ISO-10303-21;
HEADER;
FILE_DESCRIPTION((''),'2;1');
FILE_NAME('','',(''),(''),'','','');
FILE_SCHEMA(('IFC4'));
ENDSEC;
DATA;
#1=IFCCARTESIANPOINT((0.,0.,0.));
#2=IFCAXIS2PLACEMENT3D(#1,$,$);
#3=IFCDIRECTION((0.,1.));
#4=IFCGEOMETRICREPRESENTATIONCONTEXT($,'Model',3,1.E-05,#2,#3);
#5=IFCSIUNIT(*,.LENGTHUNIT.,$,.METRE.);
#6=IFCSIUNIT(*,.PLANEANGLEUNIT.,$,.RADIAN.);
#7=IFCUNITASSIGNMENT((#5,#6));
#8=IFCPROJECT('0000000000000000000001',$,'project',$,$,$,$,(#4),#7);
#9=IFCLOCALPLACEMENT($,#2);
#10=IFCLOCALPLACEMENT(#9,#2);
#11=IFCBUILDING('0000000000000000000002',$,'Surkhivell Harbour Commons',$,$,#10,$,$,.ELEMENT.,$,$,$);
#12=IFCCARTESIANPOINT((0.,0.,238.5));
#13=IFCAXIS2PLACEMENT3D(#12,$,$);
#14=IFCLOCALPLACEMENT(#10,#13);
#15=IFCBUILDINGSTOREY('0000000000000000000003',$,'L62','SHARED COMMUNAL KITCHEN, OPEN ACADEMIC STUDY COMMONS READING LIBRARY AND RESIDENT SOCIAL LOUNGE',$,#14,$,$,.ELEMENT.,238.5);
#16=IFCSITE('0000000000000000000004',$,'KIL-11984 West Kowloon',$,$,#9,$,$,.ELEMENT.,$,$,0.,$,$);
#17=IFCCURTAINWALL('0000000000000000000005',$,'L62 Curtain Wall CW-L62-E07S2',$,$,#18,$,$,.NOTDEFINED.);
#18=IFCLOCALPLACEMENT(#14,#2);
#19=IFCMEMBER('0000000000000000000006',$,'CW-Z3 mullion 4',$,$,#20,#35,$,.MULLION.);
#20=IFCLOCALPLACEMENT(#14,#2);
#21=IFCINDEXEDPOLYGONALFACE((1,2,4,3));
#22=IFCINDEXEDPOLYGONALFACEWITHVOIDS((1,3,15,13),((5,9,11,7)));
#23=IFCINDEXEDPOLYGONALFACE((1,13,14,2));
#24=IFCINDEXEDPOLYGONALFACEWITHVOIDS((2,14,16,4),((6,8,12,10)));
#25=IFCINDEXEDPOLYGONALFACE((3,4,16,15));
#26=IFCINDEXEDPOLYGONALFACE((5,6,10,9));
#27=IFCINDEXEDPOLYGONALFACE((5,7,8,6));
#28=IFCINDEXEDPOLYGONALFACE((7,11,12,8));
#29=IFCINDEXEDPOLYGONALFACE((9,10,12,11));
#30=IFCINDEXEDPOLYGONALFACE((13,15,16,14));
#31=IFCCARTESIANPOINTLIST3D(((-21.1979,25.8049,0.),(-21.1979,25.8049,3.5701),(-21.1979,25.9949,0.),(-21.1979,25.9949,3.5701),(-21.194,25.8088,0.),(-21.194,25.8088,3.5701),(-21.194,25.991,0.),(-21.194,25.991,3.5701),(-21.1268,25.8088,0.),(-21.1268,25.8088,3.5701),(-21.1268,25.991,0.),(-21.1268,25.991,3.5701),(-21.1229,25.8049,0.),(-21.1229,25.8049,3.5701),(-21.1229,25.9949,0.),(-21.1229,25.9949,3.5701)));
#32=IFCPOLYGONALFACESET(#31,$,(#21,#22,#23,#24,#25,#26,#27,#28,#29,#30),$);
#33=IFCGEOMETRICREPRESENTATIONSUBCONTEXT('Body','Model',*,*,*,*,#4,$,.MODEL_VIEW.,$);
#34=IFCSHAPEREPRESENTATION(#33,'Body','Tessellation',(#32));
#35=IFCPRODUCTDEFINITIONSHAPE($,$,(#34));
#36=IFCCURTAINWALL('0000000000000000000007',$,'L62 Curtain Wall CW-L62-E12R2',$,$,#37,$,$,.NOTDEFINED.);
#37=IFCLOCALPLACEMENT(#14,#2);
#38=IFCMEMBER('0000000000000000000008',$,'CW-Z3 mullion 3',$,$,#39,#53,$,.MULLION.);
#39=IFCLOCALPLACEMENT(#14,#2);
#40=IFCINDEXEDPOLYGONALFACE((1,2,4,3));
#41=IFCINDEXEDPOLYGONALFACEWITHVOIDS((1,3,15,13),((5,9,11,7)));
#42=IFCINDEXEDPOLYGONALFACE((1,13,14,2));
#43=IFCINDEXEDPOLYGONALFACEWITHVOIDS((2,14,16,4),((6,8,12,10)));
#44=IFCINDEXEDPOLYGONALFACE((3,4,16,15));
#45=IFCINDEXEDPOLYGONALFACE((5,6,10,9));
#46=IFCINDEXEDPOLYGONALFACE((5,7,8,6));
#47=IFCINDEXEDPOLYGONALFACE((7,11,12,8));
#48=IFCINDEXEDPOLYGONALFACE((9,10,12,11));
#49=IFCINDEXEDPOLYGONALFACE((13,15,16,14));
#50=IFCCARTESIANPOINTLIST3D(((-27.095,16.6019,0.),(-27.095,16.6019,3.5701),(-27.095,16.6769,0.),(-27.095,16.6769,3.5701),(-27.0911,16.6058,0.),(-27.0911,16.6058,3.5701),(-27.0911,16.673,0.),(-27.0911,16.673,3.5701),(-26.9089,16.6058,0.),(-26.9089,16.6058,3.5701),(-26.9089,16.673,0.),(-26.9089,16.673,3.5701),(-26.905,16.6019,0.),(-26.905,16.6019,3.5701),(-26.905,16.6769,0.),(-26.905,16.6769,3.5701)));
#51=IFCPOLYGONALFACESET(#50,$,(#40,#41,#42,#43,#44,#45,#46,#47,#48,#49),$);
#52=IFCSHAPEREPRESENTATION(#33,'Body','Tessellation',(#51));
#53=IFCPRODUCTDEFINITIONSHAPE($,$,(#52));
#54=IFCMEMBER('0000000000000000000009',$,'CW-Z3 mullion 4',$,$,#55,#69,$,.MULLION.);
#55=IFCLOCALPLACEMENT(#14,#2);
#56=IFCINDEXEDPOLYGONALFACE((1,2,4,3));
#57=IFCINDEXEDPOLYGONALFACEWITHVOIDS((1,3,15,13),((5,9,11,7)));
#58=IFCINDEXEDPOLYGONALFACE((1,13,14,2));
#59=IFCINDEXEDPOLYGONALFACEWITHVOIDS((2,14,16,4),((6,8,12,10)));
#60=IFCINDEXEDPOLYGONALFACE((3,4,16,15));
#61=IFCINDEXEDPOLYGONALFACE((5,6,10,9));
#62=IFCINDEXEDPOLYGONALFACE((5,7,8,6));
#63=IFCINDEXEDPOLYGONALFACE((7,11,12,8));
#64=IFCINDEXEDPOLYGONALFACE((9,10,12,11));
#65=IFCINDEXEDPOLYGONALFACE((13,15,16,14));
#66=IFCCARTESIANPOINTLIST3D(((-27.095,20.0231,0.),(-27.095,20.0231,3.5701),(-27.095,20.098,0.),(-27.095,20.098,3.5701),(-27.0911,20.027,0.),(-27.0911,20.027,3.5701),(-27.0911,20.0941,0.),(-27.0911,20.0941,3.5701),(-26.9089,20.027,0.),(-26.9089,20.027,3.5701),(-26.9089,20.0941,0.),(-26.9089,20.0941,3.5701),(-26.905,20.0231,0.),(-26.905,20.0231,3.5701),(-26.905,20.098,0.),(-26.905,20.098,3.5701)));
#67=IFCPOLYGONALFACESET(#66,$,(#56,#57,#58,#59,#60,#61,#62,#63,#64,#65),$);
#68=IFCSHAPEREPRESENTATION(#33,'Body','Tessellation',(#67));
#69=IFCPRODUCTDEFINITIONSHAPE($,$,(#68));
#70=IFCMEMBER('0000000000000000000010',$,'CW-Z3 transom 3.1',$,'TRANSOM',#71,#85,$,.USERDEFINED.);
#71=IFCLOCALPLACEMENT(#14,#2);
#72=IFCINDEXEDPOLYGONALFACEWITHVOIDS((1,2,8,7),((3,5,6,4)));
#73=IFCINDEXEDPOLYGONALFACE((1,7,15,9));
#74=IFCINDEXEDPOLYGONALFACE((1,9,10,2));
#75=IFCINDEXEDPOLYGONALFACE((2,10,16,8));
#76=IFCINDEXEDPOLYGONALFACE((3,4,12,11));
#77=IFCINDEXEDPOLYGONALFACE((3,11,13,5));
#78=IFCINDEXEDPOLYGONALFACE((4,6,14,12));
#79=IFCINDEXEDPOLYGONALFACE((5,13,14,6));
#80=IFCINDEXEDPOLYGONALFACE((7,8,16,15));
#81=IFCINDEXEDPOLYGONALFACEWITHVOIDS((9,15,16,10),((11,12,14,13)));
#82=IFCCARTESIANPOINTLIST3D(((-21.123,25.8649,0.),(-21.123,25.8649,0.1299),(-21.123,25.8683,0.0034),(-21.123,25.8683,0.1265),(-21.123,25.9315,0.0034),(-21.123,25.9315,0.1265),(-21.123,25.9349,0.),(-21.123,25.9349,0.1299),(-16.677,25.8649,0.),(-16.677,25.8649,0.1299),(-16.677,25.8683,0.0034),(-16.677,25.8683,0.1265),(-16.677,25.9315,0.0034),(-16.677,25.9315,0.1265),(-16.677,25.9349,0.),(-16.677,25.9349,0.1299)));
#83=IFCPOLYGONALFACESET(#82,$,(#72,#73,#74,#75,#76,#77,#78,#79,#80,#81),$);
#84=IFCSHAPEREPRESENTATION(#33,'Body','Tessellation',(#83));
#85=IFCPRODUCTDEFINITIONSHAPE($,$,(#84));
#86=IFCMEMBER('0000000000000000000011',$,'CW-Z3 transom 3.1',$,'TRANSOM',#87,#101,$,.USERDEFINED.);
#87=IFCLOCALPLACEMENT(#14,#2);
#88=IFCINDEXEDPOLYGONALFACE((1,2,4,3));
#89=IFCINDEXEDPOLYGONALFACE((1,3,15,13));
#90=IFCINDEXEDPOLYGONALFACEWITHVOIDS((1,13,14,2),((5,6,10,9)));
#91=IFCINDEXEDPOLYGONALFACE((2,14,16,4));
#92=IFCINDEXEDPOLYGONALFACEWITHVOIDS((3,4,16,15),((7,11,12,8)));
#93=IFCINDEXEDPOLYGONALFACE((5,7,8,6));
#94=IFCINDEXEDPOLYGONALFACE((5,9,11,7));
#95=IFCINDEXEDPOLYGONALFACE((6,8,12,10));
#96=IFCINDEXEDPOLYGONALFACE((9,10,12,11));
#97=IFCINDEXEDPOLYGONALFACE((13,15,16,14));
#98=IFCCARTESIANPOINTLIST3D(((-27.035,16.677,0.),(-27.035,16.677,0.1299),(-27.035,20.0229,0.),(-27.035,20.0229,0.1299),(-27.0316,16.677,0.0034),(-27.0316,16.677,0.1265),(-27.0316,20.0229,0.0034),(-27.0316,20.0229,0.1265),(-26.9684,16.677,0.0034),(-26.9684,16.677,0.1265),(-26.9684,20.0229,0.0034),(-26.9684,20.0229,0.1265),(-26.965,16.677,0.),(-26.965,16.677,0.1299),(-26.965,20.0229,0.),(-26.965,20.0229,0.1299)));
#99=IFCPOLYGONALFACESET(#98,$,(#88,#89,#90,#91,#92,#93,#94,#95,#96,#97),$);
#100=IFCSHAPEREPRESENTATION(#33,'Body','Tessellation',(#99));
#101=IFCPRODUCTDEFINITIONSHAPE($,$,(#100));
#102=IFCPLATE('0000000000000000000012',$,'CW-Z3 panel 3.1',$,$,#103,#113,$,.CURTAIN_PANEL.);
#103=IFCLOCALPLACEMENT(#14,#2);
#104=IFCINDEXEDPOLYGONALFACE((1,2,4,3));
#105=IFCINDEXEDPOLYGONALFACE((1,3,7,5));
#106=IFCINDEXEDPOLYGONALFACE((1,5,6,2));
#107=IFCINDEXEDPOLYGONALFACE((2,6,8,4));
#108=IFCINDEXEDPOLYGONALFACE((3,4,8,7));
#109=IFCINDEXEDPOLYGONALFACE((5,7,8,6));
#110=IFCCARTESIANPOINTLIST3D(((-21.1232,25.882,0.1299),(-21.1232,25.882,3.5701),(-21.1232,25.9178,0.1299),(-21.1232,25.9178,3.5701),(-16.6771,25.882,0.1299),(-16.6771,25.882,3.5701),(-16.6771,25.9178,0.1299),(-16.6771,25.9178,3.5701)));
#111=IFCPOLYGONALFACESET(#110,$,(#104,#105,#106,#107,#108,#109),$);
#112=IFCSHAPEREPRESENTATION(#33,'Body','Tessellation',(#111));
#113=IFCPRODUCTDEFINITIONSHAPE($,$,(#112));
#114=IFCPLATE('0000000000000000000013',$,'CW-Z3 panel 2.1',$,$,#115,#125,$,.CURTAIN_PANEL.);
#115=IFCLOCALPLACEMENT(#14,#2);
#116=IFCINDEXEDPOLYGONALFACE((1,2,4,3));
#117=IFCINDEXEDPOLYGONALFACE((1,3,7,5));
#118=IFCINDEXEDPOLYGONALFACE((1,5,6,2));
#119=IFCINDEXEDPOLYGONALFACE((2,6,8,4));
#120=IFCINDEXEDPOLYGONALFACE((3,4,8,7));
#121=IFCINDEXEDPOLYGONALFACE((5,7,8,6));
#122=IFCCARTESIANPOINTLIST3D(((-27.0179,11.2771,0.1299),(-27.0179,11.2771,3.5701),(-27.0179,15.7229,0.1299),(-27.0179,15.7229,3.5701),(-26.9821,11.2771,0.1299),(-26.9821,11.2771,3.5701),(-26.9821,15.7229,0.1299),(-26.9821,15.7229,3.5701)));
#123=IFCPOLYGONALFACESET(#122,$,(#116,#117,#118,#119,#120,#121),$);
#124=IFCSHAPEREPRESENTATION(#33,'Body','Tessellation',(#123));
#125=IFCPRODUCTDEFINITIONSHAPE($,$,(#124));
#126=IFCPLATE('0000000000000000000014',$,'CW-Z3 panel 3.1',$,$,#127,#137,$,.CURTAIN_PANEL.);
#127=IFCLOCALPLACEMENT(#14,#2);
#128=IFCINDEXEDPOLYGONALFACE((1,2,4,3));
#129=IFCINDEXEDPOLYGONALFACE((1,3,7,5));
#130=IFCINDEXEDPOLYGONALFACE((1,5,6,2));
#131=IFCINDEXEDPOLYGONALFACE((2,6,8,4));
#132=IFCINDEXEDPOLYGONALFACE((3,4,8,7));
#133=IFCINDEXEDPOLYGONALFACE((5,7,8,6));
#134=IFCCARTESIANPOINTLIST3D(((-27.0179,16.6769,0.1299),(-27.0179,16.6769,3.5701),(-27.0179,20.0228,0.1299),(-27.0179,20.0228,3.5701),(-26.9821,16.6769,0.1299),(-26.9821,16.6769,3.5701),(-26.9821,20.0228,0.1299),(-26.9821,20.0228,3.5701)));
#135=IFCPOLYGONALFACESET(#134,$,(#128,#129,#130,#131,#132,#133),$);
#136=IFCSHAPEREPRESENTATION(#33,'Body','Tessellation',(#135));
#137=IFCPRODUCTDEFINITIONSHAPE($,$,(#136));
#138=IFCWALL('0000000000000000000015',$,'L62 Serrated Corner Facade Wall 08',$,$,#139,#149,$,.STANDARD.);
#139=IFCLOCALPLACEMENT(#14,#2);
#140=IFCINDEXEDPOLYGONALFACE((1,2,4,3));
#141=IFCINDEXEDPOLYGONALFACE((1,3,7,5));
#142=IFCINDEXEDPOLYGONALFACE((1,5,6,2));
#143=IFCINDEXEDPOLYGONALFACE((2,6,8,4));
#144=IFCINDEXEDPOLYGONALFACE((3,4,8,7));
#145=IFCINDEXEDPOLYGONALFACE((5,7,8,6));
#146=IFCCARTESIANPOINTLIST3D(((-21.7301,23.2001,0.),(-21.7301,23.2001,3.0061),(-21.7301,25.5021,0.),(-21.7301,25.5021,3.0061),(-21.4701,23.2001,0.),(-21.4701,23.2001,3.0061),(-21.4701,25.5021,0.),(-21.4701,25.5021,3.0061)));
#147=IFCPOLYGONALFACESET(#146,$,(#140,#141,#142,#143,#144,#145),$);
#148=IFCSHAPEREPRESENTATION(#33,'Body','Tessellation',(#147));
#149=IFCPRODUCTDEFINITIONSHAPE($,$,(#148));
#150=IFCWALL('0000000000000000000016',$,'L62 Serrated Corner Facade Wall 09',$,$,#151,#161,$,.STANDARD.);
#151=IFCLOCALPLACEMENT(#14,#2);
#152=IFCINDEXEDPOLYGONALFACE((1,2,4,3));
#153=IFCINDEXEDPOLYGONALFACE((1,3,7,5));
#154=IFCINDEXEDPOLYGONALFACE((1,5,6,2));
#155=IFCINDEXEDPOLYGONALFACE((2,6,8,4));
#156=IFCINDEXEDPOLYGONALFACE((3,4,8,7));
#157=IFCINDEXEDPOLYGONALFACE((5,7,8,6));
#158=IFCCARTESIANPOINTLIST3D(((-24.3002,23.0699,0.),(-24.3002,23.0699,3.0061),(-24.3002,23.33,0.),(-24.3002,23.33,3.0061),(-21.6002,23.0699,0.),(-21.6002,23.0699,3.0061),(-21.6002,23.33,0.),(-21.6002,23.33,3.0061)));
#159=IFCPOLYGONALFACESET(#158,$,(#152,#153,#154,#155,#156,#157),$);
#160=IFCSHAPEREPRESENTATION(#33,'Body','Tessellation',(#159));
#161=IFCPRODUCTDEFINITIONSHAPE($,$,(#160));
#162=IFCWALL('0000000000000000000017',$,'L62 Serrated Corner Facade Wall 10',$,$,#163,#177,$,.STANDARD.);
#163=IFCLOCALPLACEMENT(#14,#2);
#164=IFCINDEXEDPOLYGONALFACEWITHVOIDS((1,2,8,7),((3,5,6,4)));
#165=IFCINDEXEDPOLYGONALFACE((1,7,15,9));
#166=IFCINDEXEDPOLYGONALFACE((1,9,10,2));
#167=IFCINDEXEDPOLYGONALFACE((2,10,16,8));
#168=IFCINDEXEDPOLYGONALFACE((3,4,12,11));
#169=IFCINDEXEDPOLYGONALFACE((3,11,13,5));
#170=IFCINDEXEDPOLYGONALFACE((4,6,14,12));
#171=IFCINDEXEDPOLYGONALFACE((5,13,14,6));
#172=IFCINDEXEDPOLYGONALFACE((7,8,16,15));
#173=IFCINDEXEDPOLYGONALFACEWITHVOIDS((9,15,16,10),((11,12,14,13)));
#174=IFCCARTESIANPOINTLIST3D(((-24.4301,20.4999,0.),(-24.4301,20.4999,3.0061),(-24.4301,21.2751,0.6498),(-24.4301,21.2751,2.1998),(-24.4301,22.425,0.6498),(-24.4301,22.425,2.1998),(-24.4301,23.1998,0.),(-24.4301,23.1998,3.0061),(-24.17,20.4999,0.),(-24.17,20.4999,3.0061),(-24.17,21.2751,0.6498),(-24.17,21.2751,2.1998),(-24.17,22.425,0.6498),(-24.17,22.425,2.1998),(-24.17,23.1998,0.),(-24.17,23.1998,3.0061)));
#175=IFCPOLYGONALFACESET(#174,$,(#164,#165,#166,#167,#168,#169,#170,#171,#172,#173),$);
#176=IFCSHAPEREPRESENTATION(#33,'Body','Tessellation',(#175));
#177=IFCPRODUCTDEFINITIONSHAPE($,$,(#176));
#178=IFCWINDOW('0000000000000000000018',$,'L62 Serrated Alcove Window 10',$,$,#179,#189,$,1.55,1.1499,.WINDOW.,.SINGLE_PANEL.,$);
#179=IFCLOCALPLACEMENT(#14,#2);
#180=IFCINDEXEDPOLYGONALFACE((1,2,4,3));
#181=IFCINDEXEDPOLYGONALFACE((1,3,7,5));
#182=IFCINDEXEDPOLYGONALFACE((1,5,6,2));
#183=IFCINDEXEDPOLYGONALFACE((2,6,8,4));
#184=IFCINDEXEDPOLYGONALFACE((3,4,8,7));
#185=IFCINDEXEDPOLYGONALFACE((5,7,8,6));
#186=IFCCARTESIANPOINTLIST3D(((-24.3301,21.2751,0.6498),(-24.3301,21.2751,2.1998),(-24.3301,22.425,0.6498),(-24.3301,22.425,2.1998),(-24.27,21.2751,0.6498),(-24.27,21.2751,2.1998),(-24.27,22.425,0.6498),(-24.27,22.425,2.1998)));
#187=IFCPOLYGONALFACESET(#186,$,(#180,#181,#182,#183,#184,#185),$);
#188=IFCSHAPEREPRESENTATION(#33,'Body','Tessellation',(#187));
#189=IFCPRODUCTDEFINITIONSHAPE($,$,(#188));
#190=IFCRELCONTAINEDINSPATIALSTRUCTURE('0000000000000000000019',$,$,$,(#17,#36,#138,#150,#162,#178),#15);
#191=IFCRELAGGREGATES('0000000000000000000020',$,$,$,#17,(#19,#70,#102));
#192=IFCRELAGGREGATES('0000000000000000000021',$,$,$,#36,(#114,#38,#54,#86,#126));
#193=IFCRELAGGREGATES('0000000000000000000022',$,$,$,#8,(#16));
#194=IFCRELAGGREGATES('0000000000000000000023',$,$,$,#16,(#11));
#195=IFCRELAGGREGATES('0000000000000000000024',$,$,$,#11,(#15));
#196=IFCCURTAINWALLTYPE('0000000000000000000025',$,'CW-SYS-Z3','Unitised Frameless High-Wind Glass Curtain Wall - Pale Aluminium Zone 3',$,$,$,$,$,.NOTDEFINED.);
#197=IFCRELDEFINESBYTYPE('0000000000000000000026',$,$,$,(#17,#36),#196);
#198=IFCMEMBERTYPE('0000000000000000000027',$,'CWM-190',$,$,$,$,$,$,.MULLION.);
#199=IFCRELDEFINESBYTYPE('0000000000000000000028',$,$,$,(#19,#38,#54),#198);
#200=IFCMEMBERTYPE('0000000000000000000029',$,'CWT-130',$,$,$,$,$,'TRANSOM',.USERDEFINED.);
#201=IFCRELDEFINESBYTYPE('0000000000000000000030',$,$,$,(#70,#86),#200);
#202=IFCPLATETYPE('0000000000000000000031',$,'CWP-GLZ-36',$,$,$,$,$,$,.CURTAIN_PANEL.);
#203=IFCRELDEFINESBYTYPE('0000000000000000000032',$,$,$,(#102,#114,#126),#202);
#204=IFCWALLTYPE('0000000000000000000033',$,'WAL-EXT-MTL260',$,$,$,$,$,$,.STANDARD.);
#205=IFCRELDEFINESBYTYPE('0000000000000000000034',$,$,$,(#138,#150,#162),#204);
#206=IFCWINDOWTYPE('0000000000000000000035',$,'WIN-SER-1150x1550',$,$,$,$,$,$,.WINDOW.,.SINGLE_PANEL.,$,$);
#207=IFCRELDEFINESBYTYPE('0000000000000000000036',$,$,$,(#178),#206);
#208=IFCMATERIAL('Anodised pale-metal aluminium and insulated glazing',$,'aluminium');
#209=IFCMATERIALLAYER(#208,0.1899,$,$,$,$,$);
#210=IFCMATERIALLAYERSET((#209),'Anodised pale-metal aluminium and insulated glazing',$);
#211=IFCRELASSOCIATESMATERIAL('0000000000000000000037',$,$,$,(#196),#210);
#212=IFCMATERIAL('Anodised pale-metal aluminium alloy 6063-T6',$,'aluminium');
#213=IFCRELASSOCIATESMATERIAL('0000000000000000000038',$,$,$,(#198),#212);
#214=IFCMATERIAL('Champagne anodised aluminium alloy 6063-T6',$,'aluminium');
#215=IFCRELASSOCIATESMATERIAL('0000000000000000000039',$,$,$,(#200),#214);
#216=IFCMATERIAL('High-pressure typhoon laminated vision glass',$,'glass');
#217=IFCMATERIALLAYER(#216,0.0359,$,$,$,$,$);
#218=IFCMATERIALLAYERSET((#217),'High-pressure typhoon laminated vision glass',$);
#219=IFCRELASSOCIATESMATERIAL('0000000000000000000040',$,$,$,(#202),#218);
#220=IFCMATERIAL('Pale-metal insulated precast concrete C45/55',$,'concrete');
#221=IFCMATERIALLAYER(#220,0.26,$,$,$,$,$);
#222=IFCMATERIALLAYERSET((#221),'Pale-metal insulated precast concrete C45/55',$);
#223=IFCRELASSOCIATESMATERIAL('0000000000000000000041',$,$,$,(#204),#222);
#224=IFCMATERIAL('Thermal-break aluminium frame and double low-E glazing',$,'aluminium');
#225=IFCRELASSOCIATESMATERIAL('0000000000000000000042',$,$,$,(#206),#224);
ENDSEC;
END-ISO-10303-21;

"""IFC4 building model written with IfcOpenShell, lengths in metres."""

from ifc_helpers import new_model, si_unit, direction, frame, frame_2d, origin, origin_2d, place, context, subcontext, project, spatial, rectangle, hollow_rectangle, extrude, material, layer, layer_set, material_profile, profile_set, type_object, element, fill, aggregate, save


model = new_model("IFC4")

# Units and contexts
model_context = context("Model", 3, precision=1e-05, world=origin(), true_north=direction((0.0, 1.0)))
body_context = subcontext(model_context, "Body", "Model", "MODEL_VIEW")
ifc_project = project(units=[si_unit("LENGTHUNIT", "METRE"), si_unit("PLANEANGLEUNIT", "RADIAN")], contexts=[model_context])

# Site, building, storey
site_placement = place(None, origin())
site = spatial("IfcSite", under=ifc_project, at=site_placement, Name="KIL-11984 West Kowloon", CompositionType="ELEMENT", RefElevation=0.0)
building_placement = place(site_placement, origin())
building = spatial("IfcBuilding", under=site, at=building_placement, Name="Surkhivell Harbour Commons", CompositionType="ELEMENT")
storey_placement = place(building_placement, frame((0.0, 0.0, 238.5)))
storey = spatial("IfcBuildingStorey", under=building, at=storey_placement, Name="L62", Description="SHARED COMMUNAL KITCHEN, OPEN ACADEMIC STUDY COMMONS READING LIBRARY AND RESIDENT SOCIAL LOUNGE", CompositionType="ELEMENT", Elevation=238.5)

# Curtain walls, members
ifc_material_1 = material(Name="Anodised pale-metal aluminium and insulated glazing", Category="aluminium")
ifc_layer_1 = layer(ifc_material_1, 0.1899)
ifc_layer_set_1 = layer_set([ifc_layer_1], Name="Anodised pale-metal aluminium and insulated glazing")
curtain_wall_type = type_object("IfcCurtainWallType", Name="CW-SYS-Z3", Description="Unitised Frameless High-Wind Glass Curtain Wall - Pale Aluminium Zone 3", PredefinedType="NOTDEFINED", material=ifc_layer_set_1)
curtain_wall_1_placement = place(storey_placement, origin())
curtain_wall_1 = element("IfcCurtainWall", 1, at=curtain_wall_1_placement, inside=storey, type_object=curtain_wall_type, Name="L62 Curtain Wall CW-L62-E07S2", PredefinedType="NOTDEFINED")
ifc_material_2 = material(Name="Anodised pale-metal aluminium alloy 6063-T6", Category="aluminium")
ifc_material_profile_1 = material_profile(ifc_material_2, hollow_rectangle(XDim=0.075, YDim=0.1899, WallThickness=0.0039, at=origin_2d()), Name="ALU-MULL-75x190")
ifc_profile_set_1 = profile_set([ifc_material_profile_1], Name="Anodised pale-metal aluminium alloy 6063-T6")
member_type_1 = type_object("IfcMemberType", Name="CWM-190", PredefinedType="MULLION", material=ifc_profile_set_1)
member_1_placement = place(storey_placement, frame((-21.1604, 25.8999, 0.0), z_axis=(0.0, 0.0, 1.0), x_axis=(-1.0, 0.0, 0.0)))
member_1 = element("IfcMember", 2, at=member_1_placement, type_object=member_type_1, Name="CW-Z3 mullion 4", PredefinedType="MULLION", context=body_context, shape_type="SweptSolid", body=[
    extrude(hollow_rectangle(XDim=0.075, YDim=0.1899, WallThickness=0.0039, at=origin_2d()), origin(), (0.0, 0.0, 1.0), 3.5701),
])
curtain_wall_2_placement = place(storey_placement, origin())
curtain_wall_2 = element("IfcCurtainWall", 3, at=curtain_wall_2_placement, inside=storey, type_object=curtain_wall_type, Name="L62 Curtain Wall CW-L62-E12R2", PredefinedType="NOTDEFINED")
member_2_placement = place(storey_placement, frame((-27.0, 16.6394, 0.0), z_axis=(0.0, 0.0, 1.0), x_axis=(0.0, 1.0, 0.0)))
member_2 = element("IfcMember", 4, at=member_2_placement, type_object=member_type_1, Name="CW-Z3 mullion 3", PredefinedType="MULLION", context=body_context, shape_type="SweptSolid", body=[
    extrude(hollow_rectangle(XDim=0.075, YDim=0.1899, WallThickness=0.0039, at=origin_2d()), origin(), (0.0, 0.0, 1.0), 3.5701),
])
member_3_placement = place(storey_placement, frame((-27.0, 20.0605, 0.0), z_axis=(0.0, 0.0, 1.0), x_axis=(0.0, 1.0, 0.0)))
member_3 = element("IfcMember", 5, at=member_3_placement, type_object=member_type_1, Name="CW-Z3 mullion 4", PredefinedType="MULLION", context=body_context, shape_type="SweptSolid", body=[
    extrude(hollow_rectangle(XDim=0.075, YDim=0.1899, WallThickness=0.0039, at=origin_2d()), origin(), (0.0, 0.0, 1.0), 3.5701),
])

# Members
ifc_material_3 = material(Name="Champagne anodised aluminium alloy 6063-T6", Category="aluminium")
ifc_material_profile_2 = material_profile(ifc_material_3, hollow_rectangle(XDim=0.0701, YDim=0.1299, WallThickness=0.0034, at=origin_2d()), Name="ALU-TRAN-70x130")
ifc_profile_set_2 = profile_set([ifc_material_profile_2], Name="Champagne anodised aluminium alloy 6063-T6")
member_type_2 = type_object("IfcMemberType", Name="CWT-130", ElementType="TRANSOM", PredefinedType="USERDEFINED", material=ifc_profile_set_2)
member_4_placement = place(storey_placement, frame((-16.677, 25.8999, 0.0649), z_axis=(-1.0, 0.0, 0.0), x_axis=(0.0, -1.0, 0.0)))
member_4 = element("IfcMember", 6, at=member_4_placement, type_object=member_type_2, Name="CW-Z3 transom 3.1", ObjectType="TRANSOM", PredefinedType="USERDEFINED", context=body_context, shape_type="SweptSolid", body=[
    extrude(hollow_rectangle(XDim=0.0701, YDim=0.1299, WallThickness=0.0034, at=origin_2d()), origin(), (0.0, 0.0, 1.0), 4.446),
])
member_5_placement = place(storey_placement, frame((-27.0, 16.677, 0.0649), z_axis=(0.0, 1.0, 0.0), x_axis=(-1.0, 0.0, 0.0)))
member_5 = element("IfcMember", 7, at=member_5_placement, type_object=member_type_2, Name="CW-Z3 transom 3.1", ObjectType="TRANSOM", PredefinedType="USERDEFINED", context=body_context, shape_type="SweptSolid", body=[
    extrude(hollow_rectangle(XDim=0.0701, YDim=0.1299, WallThickness=0.0034, at=origin_2d()), origin(), (0.0, 0.0, 1.0), 3.3459),
])

# Plates
ifc_material_4 = material(Name="High-pressure typhoon laminated vision glass", Category="glass")
ifc_layer_2 = layer(ifc_material_4, 0.0359)
ifc_layer_set_2 = layer_set([ifc_layer_2], Name="High-pressure typhoon laminated vision glass")
plate_type = type_object("IfcPlateType", Name="CWP-GLZ-36", PredefinedType="CURTAIN_PANEL", material=ifc_layer_set_2)
plate_1_placement = place(storey_placement, frame((-16.677, 25.8999, 0.1299), z_axis=(0.0, 0.0, 1.0), x_axis=(-1.0, 0.0, 0.0)))
plate_1 = element("IfcPlate", 8, at=plate_1_placement, type_object=plate_type, Name="CW-Z3 panel 3.1", PredefinedType="CURTAIN_PANEL", context=body_context, shape_type="SweptSolid", body=[
    extrude(rectangle(XDim=4.446, YDim=0.0359, at=frame_2d((2.2231, 0.0))), origin(), (0.0, 0.0, 1.0), 3.4402),
])
aggregate(curtain_wall_1, [member_1, member_4, plate_1])
plate_2_placement = place(storey_placement, frame((-27.0, 11.2771, 0.1299), z_axis=(0.0, 0.0, 1.0), x_axis=(0.0, 1.0, 0.0)))
plate_2 = element("IfcPlate", 9, at=plate_2_placement, type_object=plate_type, Name="CW-Z3 panel 2.1", PredefinedType="CURTAIN_PANEL", context=body_context, shape_type="SweptSolid", body=[
    extrude(rectangle(XDim=4.4458, YDim=0.0359, at=frame_2d((2.2229, 0.0))), origin(), (0.0, 0.0, 1.0), 3.4402),
])
plate_3_placement = place(storey_placement, frame((-27.0, 16.677, 0.1299), z_axis=(0.0, 0.0, 1.0), x_axis=(0.0, 1.0, 0.0)))
plate_3 = element("IfcPlate", 10, at=plate_3_placement, type_object=plate_type, Name="CW-Z3 panel 3.1", PredefinedType="CURTAIN_PANEL", context=body_context, shape_type="SweptSolid", body=[
    extrude(rectangle(XDim=3.3459, YDim=0.0359, at=frame_2d((1.6729, 0.0))), origin(), (0.0, 0.0, 1.0), 3.4402),
])
aggregate(curtain_wall_2, [plate_2, member_2, member_3, member_5, plate_3])

# Walls
ifc_material_5 = material(Name="Pale-metal insulated precast concrete C45/55", Category="concrete")
ifc_layer_3 = layer(ifc_material_5, 0.26)
ifc_layer_set_3 = layer_set([ifc_layer_3], Name="Pale-metal insulated precast concrete C45/55")
wall_type_1 = type_object("IfcWallType", Name="WAL-EXT-MTL260", PredefinedType="STANDARD", material=ifc_layer_set_3)
wall_1_placement = place(storey_placement, frame((-21.6001, 25.502, 0.0), z_axis=(0.0, 0.0, 1.0), x_axis=(0.0, -1.0, 0.0)))
element("IfcWall", 11, at=wall_1_placement, inside=storey, type_object=wall_type_1, Name="L62 Serrated Corner Facade Wall 08", PredefinedType="STANDARD", context=body_context, shape_type="SweptSolid", body=[
    extrude(rectangle(XDim=2.302, YDim=0.26, at=frame_2d((1.1509, 0.0))), origin(), (0.0, 0.0, 1.0), 3.0061),
])
wall_2_placement = place(storey_placement, frame((-21.6001, 23.2, 0.0), z_axis=(0.0, 0.0, 1.0), x_axis=(-1.0, 0.0, 0.0)))
element("IfcWall", 12, at=wall_2_placement, inside=storey, type_object=wall_type_1, Name="L62 Serrated Corner Facade Wall 09", PredefinedType="STANDARD", context=body_context, shape_type="SweptSolid", body=[
    extrude(rectangle(XDim=2.7, YDim=0.26, at=frame_2d((1.3501, 0.0))), origin(), (0.0, 0.0, 1.0), 3.0061),
])

# Wall, opening, window
wall_3_placement = place(storey_placement, frame((-24.3, 23.2, 0.0), z_axis=(0.0, 0.0, 1.0), x_axis=(0.0, -1.0, 0.0)))
wall_3 = element("IfcWall", 13, at=wall_3_placement, inside=storey, type_object=wall_type_1, Name="L62 Serrated Corner Facade Wall 10", PredefinedType="STANDARD", context=body_context, shape_type="SweptSolid", body=[
    extrude(rectangle(XDim=2.7, YDim=0.26, at=frame_2d((1.3501, 0.0))), origin(), (0.0, 0.0, 1.0), 3.0061),
])
opening_placement = place(wall_3_placement, frame((0.7749, 0.0, 0.6499)))
opening = element("IfcOpeningElement", 14, at=opening_placement, cuts=wall_3, PredefinedType="OPENING", context=body_context, shape_type="SweptSolid", body=[
    extrude(rectangle(XDim=1.1499, YDim=1.55, at=frame_2d((0.575, 0.7749))), frame((0.0, 0.1399, 0.0), z_axis=(0.0, -1.0, 0.0), x_axis=(1.0, 0.0, 0.0)), (0.0, 0.0, 1.0), 0.28),
])
ifc_material_6 = material(Name="Thermal-break aluminium frame and double low-E glazing", Category="aluminium")
window_type = type_object("IfcWindowType", Name="WIN-SER-1150x1550", PartitioningType="SINGLE_PANEL", PredefinedType="WINDOW", material=ifc_material_6)
window_placement = place(opening_placement, origin())
window = element("IfcWindow", 15, at=window_placement, inside=storey, type_object=window_type, Name="L62 Serrated Alcove Window 10", OverallHeight=1.55, OverallWidth=1.1499, PartitioningType="SINGLE_PANEL", PredefinedType="WINDOW", context=body_context, shape_type="SweptSolid", body=[
    extrude(rectangle(XDim=1.1499, YDim=1.55, at=frame_2d((0.575, 0.7749))), frame((0.0, 0.03, 0.0), z_axis=(0.0, -1.0, 0.0), x_axis=(1.0, 0.0, 0.0)), (0.0, 0.0, 1.0), 0.0601),
])
fill(opening, window)

save(model, "model.ifc")
